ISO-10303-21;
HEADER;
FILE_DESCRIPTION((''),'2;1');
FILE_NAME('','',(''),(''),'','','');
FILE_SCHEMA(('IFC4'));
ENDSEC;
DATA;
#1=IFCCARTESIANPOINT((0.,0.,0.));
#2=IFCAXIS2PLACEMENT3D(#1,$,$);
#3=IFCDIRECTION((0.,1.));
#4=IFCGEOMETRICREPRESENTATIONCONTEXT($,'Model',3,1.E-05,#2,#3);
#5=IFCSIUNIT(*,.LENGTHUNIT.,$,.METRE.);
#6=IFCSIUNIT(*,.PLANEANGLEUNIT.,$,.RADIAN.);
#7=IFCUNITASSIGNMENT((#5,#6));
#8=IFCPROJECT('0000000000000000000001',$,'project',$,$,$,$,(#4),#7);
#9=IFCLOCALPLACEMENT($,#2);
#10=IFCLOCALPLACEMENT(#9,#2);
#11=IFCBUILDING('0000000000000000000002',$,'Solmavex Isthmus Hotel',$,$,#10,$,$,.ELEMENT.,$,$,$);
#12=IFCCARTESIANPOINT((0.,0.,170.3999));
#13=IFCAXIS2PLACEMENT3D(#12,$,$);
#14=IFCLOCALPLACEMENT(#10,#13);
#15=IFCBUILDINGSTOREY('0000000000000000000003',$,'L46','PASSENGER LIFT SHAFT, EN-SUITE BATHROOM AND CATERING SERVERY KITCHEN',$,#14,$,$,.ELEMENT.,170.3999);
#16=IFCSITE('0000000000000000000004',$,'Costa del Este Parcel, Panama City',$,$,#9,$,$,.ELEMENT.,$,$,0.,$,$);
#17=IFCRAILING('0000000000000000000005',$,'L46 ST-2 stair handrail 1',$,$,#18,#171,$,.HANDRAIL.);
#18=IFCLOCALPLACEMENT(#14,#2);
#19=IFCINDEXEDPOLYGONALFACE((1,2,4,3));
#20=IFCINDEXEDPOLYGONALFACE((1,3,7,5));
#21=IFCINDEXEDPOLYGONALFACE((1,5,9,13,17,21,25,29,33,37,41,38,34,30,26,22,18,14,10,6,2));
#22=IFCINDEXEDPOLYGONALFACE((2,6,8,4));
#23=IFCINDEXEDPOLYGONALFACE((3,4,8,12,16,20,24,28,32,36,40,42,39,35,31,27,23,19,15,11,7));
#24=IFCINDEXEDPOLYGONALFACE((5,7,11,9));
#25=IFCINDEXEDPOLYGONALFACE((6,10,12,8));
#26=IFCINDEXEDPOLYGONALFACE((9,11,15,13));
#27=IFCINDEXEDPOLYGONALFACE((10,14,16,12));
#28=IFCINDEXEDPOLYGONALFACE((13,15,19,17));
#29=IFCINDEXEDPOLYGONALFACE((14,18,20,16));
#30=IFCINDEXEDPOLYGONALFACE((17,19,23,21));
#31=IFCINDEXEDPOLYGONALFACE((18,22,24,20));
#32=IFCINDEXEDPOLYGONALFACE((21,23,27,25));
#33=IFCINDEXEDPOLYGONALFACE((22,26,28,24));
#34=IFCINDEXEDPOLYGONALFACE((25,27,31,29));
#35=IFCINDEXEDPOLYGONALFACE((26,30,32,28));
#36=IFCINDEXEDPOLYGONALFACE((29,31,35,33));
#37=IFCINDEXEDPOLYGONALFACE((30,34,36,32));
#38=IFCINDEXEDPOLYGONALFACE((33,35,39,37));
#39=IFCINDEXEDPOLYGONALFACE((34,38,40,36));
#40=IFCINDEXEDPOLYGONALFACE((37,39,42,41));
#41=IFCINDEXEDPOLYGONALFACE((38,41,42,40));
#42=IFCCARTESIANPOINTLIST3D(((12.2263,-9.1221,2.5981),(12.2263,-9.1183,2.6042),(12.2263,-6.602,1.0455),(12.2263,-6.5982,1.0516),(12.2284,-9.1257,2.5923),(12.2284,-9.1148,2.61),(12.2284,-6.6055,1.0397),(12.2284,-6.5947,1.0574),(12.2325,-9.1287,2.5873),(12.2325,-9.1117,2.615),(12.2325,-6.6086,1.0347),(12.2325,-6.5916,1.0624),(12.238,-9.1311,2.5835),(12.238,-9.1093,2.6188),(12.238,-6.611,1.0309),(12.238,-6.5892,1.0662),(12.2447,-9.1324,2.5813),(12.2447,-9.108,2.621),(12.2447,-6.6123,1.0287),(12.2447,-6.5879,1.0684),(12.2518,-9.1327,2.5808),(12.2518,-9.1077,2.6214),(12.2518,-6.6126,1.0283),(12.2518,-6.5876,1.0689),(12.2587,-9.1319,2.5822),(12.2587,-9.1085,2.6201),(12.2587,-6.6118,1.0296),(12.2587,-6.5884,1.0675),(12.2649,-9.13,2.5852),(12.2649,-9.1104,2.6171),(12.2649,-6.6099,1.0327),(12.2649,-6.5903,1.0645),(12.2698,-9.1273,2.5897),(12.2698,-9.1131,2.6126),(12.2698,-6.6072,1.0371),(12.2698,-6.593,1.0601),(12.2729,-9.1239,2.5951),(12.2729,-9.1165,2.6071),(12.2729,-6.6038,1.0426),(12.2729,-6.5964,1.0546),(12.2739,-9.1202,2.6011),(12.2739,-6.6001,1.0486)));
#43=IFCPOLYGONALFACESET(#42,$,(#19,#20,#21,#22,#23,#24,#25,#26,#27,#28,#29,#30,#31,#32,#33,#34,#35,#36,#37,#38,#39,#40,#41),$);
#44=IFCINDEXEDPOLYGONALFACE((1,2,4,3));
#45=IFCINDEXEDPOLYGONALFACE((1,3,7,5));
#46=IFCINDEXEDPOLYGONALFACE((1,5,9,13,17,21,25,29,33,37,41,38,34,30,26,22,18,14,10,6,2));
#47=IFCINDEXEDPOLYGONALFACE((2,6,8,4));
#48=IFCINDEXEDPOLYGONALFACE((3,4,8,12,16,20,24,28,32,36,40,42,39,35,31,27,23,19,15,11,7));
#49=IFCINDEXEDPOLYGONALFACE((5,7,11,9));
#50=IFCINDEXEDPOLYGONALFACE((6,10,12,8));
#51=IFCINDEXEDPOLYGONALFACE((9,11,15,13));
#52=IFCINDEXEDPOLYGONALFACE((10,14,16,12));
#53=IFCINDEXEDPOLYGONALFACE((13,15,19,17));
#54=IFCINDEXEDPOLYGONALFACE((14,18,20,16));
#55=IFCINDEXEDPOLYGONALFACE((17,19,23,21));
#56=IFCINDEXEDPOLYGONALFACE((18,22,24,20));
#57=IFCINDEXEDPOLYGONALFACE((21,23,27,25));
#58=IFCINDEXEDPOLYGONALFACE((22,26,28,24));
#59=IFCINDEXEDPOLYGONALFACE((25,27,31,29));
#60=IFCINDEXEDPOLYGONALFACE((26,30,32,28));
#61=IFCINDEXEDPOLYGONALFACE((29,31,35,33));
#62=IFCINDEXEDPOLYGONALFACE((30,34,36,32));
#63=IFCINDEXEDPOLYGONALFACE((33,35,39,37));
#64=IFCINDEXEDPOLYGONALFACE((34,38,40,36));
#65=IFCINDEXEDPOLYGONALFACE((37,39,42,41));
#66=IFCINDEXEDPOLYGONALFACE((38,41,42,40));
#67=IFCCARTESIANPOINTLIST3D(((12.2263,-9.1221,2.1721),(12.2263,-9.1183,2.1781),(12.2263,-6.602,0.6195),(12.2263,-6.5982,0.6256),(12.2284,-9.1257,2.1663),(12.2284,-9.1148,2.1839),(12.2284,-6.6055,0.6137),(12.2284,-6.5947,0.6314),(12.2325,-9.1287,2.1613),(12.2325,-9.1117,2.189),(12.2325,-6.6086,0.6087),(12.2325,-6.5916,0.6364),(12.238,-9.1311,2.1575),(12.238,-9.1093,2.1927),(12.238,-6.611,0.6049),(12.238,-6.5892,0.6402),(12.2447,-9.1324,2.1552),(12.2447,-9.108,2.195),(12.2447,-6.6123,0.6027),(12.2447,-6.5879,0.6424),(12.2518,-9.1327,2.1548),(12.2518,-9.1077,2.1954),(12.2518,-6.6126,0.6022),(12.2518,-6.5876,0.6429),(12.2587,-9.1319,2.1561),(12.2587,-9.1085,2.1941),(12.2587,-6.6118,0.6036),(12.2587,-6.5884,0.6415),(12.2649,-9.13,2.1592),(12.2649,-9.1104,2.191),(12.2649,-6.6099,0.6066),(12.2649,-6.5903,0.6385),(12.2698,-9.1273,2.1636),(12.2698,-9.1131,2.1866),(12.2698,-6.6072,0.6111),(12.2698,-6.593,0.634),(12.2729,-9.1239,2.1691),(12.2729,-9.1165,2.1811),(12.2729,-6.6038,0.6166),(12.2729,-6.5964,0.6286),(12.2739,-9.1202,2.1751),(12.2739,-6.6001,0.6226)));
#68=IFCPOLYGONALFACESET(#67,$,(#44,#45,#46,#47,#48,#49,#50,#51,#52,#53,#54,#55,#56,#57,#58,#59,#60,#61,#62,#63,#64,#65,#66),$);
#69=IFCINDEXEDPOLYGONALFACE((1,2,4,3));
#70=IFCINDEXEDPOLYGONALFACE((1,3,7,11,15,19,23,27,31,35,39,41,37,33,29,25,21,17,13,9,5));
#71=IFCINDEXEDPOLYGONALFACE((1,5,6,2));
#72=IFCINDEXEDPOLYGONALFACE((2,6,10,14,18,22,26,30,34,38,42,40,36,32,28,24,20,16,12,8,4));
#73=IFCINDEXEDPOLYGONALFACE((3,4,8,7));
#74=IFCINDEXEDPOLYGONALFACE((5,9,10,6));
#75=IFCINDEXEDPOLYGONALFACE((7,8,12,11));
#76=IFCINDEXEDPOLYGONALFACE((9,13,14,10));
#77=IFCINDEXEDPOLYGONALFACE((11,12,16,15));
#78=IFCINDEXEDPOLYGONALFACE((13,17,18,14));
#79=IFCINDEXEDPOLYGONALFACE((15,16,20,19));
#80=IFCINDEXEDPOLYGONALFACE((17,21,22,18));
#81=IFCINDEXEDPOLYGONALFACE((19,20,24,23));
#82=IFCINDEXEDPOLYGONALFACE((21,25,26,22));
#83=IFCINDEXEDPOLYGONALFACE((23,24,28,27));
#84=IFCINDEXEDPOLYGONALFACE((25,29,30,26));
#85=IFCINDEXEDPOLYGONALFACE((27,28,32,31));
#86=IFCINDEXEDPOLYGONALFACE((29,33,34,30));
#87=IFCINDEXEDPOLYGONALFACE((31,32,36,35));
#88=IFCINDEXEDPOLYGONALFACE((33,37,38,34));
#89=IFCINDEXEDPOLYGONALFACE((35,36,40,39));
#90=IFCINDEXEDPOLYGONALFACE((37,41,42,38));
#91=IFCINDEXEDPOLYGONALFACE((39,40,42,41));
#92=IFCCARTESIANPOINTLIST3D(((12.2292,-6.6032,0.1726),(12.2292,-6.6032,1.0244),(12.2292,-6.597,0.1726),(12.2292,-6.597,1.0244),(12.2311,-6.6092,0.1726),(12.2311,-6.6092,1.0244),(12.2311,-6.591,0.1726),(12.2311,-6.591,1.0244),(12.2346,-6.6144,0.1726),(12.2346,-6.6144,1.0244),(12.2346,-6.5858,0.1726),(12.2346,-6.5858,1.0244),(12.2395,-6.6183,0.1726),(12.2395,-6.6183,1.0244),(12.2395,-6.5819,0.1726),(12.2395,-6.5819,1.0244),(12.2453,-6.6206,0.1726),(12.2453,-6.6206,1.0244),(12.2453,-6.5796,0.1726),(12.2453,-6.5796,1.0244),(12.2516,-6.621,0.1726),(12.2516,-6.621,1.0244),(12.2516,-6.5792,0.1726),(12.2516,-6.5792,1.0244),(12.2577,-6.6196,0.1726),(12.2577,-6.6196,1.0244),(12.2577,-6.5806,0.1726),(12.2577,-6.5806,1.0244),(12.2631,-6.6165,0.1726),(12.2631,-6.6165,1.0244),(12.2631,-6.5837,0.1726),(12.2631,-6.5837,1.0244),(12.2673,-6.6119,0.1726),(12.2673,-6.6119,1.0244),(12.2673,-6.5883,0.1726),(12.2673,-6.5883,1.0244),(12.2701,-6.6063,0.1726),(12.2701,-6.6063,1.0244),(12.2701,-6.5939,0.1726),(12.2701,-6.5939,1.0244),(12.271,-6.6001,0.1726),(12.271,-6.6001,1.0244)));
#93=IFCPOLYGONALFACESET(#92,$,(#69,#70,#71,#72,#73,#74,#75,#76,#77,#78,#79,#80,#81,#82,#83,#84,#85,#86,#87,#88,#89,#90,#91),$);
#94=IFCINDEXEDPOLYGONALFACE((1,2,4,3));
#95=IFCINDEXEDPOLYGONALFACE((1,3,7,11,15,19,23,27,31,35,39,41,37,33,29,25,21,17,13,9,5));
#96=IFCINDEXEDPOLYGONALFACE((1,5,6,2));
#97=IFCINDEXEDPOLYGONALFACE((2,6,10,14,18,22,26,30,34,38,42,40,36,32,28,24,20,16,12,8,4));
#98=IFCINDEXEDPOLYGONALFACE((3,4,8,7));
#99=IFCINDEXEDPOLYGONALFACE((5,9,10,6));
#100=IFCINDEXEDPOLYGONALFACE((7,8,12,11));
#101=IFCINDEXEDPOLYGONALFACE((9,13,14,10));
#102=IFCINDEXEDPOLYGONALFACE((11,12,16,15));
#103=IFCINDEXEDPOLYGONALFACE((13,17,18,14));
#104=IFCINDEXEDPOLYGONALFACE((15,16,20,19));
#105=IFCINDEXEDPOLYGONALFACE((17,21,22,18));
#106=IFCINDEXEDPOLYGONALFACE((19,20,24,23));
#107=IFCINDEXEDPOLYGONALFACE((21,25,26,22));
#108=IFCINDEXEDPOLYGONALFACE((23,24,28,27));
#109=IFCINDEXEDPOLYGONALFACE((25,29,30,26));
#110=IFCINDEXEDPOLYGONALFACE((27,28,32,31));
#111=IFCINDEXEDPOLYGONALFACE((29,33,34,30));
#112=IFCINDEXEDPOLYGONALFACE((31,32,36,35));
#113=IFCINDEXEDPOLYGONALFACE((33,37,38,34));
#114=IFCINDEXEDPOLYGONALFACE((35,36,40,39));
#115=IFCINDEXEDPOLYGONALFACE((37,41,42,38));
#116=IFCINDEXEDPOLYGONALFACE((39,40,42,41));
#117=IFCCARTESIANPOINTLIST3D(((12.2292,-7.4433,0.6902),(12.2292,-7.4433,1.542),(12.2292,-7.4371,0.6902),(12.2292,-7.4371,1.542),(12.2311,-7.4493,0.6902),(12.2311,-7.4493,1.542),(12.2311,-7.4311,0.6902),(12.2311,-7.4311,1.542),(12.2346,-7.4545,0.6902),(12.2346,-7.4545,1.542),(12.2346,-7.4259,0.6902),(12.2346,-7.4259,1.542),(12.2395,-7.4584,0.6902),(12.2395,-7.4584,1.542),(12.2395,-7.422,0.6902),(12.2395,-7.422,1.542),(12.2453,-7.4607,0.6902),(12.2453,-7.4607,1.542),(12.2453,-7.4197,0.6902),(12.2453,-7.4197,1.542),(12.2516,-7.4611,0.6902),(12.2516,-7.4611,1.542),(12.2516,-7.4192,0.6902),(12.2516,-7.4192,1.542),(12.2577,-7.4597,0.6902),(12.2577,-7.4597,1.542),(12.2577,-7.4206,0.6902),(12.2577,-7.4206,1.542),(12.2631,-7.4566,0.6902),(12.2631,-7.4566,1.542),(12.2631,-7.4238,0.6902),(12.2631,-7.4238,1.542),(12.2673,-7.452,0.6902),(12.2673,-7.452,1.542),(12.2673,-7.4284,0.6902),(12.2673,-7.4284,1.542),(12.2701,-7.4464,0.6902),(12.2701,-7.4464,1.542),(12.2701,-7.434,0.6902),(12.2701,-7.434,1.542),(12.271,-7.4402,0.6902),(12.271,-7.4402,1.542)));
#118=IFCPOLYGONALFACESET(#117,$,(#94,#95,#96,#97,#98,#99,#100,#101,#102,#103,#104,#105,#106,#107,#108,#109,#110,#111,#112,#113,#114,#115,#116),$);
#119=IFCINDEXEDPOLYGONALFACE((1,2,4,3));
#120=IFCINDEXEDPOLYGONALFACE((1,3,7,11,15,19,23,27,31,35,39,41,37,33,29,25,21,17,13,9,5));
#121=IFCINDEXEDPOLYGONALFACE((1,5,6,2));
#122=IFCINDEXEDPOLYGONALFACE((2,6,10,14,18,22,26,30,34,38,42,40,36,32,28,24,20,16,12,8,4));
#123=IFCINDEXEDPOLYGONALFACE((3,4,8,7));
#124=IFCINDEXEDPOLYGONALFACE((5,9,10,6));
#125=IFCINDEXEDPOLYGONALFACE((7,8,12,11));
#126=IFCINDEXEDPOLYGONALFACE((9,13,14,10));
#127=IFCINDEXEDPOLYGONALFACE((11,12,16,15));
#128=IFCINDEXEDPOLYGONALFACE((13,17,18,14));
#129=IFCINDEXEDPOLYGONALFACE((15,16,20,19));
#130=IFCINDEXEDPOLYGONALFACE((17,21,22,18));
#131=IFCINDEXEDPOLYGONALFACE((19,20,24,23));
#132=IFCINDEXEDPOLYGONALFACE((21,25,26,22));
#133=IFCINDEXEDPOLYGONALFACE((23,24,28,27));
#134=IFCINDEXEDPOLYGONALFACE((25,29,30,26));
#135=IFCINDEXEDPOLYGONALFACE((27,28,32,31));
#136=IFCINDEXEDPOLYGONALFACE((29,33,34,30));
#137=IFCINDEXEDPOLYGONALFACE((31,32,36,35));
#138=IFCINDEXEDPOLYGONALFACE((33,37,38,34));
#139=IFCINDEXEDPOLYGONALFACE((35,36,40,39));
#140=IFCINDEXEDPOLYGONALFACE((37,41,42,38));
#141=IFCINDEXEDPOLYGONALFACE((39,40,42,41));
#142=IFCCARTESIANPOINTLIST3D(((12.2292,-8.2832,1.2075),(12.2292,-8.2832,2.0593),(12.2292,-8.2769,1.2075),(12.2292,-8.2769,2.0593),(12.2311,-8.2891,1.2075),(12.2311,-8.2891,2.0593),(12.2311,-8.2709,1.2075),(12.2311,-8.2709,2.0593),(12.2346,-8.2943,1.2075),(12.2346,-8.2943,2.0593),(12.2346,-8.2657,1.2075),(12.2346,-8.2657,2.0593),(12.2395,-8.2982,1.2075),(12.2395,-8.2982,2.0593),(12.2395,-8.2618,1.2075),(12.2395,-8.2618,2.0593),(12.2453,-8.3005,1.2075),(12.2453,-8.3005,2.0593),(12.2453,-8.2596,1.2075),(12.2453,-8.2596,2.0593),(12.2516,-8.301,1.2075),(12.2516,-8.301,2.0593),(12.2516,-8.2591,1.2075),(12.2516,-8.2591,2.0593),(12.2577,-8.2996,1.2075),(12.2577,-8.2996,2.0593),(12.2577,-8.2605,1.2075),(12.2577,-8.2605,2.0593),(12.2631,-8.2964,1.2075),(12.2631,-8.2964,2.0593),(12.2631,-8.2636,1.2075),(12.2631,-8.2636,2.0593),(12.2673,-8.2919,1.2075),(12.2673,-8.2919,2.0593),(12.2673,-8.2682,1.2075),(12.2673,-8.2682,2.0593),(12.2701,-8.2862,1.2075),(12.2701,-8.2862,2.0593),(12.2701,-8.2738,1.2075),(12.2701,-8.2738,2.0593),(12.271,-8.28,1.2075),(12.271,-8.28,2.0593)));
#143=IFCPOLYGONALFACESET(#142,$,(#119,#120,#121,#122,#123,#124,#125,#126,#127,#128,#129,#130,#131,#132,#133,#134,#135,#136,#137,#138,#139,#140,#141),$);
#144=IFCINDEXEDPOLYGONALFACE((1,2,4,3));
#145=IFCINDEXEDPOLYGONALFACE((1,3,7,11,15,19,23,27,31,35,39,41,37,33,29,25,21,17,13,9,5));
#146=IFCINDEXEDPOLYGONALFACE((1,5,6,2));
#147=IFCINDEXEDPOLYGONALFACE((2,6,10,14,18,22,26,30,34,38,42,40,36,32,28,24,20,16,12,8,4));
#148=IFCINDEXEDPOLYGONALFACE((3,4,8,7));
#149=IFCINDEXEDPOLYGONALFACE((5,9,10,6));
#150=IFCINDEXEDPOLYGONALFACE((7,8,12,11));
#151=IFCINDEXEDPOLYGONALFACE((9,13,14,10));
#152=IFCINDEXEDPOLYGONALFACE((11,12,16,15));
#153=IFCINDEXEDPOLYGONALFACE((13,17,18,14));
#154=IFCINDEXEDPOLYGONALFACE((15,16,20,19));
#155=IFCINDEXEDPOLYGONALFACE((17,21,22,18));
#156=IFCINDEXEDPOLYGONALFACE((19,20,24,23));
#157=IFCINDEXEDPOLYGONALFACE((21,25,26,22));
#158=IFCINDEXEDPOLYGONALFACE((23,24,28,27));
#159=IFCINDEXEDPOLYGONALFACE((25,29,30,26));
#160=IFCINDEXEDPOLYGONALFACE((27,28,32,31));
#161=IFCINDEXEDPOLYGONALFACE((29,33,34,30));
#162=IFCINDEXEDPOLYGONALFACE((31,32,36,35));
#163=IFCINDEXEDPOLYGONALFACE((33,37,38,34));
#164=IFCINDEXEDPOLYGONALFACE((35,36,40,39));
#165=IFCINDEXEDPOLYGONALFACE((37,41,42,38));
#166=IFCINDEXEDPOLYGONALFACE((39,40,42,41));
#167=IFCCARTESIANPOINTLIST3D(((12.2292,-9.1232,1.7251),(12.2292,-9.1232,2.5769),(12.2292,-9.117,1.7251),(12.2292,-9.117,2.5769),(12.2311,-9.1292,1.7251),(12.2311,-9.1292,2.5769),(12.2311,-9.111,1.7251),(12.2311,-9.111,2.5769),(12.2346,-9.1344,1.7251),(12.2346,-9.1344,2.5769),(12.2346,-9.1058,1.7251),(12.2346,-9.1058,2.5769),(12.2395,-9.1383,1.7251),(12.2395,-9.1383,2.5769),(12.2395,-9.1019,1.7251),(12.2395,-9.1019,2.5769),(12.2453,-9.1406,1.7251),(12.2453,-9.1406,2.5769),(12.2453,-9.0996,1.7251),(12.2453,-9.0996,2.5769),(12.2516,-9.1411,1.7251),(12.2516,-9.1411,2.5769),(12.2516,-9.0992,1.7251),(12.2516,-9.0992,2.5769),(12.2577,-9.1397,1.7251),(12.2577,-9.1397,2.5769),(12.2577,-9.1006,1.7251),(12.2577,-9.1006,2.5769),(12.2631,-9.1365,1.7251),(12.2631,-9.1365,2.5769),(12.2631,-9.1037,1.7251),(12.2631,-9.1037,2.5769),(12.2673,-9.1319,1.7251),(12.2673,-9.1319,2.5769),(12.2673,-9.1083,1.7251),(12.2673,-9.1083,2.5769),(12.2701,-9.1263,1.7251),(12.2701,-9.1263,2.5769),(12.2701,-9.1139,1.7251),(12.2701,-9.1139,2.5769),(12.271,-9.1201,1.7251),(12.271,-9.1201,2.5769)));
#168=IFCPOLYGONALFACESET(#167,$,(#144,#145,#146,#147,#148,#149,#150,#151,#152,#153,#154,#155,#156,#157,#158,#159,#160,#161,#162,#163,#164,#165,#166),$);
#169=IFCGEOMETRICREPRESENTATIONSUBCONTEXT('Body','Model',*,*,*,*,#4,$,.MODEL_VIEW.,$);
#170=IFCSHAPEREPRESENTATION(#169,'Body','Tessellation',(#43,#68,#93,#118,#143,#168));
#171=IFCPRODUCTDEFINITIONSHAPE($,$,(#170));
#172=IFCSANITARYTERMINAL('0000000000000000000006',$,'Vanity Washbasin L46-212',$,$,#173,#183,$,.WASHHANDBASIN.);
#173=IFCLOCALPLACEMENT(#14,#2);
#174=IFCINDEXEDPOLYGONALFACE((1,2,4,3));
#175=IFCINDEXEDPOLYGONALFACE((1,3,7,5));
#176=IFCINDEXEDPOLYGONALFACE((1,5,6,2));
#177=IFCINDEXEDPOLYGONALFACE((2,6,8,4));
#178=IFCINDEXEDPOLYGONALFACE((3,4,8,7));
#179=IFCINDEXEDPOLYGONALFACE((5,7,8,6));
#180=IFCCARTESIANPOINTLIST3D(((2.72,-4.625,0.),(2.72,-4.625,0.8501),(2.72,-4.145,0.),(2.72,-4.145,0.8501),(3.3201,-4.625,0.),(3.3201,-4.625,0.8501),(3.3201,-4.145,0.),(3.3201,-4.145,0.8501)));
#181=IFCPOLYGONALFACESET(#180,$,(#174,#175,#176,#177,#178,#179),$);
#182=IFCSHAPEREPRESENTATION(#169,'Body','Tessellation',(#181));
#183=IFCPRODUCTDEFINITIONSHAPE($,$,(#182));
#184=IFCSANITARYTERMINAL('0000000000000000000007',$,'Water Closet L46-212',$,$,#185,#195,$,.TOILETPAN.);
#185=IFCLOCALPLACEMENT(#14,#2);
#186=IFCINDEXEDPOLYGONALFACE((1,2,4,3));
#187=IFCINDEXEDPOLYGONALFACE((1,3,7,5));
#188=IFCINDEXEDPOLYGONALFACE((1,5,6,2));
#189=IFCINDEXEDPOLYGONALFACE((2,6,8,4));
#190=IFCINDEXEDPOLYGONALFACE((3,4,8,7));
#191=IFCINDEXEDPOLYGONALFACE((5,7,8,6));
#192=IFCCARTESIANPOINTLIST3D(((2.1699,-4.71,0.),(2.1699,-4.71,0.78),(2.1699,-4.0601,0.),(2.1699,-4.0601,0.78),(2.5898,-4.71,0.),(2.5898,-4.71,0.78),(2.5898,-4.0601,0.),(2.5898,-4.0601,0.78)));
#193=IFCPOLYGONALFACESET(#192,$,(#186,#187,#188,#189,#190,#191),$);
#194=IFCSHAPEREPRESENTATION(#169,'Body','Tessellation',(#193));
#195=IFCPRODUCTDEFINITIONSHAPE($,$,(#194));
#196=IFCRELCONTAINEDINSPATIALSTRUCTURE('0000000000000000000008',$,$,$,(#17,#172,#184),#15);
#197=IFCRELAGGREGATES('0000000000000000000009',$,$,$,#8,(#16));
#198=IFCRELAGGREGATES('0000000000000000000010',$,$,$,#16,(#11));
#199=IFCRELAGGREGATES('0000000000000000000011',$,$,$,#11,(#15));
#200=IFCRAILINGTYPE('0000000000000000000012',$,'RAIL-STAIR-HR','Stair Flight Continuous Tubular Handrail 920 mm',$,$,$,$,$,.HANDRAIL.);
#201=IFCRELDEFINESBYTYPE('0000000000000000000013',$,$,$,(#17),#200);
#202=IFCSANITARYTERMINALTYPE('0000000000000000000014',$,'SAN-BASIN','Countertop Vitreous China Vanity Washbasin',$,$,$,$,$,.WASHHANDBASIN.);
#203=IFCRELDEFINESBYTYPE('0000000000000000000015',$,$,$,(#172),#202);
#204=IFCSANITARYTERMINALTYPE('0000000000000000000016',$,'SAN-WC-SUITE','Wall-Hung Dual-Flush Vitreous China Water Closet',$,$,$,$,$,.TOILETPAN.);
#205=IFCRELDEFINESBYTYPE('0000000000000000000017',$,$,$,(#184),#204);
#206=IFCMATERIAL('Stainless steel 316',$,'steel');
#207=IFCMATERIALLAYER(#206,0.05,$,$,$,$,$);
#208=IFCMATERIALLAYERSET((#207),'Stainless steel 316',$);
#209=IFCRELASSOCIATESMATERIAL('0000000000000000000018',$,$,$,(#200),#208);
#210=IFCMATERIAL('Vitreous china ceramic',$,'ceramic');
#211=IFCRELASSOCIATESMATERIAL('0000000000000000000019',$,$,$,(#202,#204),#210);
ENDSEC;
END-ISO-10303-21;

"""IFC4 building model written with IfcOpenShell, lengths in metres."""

from ifc_helpers import new_model, si_unit, direction, frame, origin, origin_2d, place, context, subcontext, project, spatial, rectangle, circle, extrude, material, layer, layer_set, type_object, element, save


model = new_model("IFC4")

# Units and contexts
model_context = context("Model", 3, precision=1e-05, world=origin(), true_north=direction((0.0, 1.0)))
body_context = subcontext(model_context, "Body", "Model", "MODEL_VIEW")
ifc_project = project(units=[si_unit("LENGTHUNIT", "METRE"), si_unit("PLANEANGLEUNIT", "RADIAN")], contexts=[model_context])

# Site, building, storey
site_placement = place(None, origin())
site = spatial("IfcSite", under=ifc_project, at=site_placement, Name="Costa del Este Parcel, Panama City", CompositionType="ELEMENT", RefElevation=0.0)
building_placement = place(site_placement, origin())
building = spatial("IfcBuilding", under=site, at=building_placement, Name="Solmavex Isthmus Hotel", CompositionType="ELEMENT")
storey_placement = place(building_placement, frame((0.0, 0.0, 170.3999)))
storey = spatial("IfcBuildingStorey", under=building, at=storey_placement, Name="L46", Description="PASSENGER LIFT SHAFT, EN-SUITE BATHROOM AND CATERING SERVERY KITCHEN", CompositionType="ELEMENT", Elevation=170.3999)

# Shared definitions
ifc_material_1 = material(Name="Stainless steel 316", Category="steel")

# Railing
ifc_layer_1 = layer(ifc_material_1, 0.05)
ifc_layer_set_1 = layer_set([ifc_layer_1], Name="Stainless steel 316")
railing_type_1 = type_object("IfcRailingType", Name="RAIL-STAIR-HR", Description="Stair Flight Continuous Tubular Handrail 920 mm", PredefinedType="HANDRAIL", material=ifc_layer_set_1)
railing_1_placement = place(storey_placement, frame((12.25, -6.6001, 0.1726)))
element("IfcRailing", 1, at=railing_1_placement, inside=storey, type_object=railing_type_1, Name="L46 ST-2 stair handrail 1", PredefinedType="HANDRAIL", context=body_context, shape_type="SweptSolid", body=[
    extrude(circle(Radius=0.0239, at=origin_2d()), frame((0.0, 0.0, 0.876), z_axis=(0.0, -0.8514, 0.524516), x_axis=(1.0, 0.0, 0.0)), (0.0, 0.0, 1.0), 2.96),
    extrude(circle(Radius=0.0239, at=origin_2d()), frame((0.0, 0.0, 0.45), z_axis=(0.0, -0.8514, 0.524516), x_axis=(1.0, 0.0, 0.0)), (0.0, 0.0, 1.0), 2.96),
    extrude(circle(Radius=0.021, at=origin_2d()), origin(), (0.0, 0.0, 1.0), 0.8518),
    extrude(circle(Radius=0.021, at=origin_2d()), frame((0.0, -0.8401, 0.5176)), (0.0, 0.0, 1.0), 0.8518),
    extrude(circle(Radius=0.021, at=origin_2d()), frame((0.0, -1.6799, 1.0349)), (0.0, 0.0, 1.0), 0.8518),
    extrude(circle(Radius=0.021, at=origin_2d()), frame((0.0, -2.52, 1.5525)), (0.0, 0.0, 1.0), 0.8518),
])

# Sanitary terminals
ifc_material_2 = material(Name="Vitreous china ceramic", Category="ceramic")
sanitary_terminal_type_1 = type_object("IfcSanitaryTerminalType", Name="SAN-BASIN", Description="Countertop Vitreous China Vanity Washbasin", PredefinedType="WASHHANDBASIN", material=ifc_material_2)
sanitary_terminal_1_placement = place(storey_placement, frame((3.02, -4.385, 0.0), z_axis=(0.0, 0.0, 1.0), x_axis=(1.0, 0.0, 0.0)))
element("IfcSanitaryTerminal", 2, at=sanitary_terminal_1_placement, inside=storey, type_object=sanitary_terminal_type_1, Name="Vanity Washbasin L46-212", PredefinedType="WASHHANDBASIN", context=body_context, shape_type="SweptSolid", body=[
    extrude(rectangle(XDim=0.6001, YDim=0.48, at=origin_2d()), origin(), (0.0, 0.0, 1.0), 0.8501),
])
sanitary_terminal_type_2 = type_object("IfcSanitaryTerminalType", Name="SAN-WC-SUITE", Description="Wall-Hung Dual-Flush Vitreous China Water Closet", PredefinedType="TOILETPAN", material=ifc_material_2)
sanitary_terminal_2_placement = place(storey_placement, frame((2.3799, -4.385, 0.0), z_axis=(0.0, 0.0, 1.0), x_axis=(1.0, 0.0, 0.0)))
element("IfcSanitaryTerminal", 3, at=sanitary_terminal_2_placement, inside=storey, type_object=sanitary_terminal_type_2, Name="Water Closet L46-212", PredefinedType="TOILETPAN", context=body_context, shape_type="SweptSolid", body=[
    extrude(rectangle(XDim=0.4199, YDim=0.6499, at=origin_2d()), origin(), (0.0, 0.0, 1.0), 0.78),
])

save(model, "model.ifc")
